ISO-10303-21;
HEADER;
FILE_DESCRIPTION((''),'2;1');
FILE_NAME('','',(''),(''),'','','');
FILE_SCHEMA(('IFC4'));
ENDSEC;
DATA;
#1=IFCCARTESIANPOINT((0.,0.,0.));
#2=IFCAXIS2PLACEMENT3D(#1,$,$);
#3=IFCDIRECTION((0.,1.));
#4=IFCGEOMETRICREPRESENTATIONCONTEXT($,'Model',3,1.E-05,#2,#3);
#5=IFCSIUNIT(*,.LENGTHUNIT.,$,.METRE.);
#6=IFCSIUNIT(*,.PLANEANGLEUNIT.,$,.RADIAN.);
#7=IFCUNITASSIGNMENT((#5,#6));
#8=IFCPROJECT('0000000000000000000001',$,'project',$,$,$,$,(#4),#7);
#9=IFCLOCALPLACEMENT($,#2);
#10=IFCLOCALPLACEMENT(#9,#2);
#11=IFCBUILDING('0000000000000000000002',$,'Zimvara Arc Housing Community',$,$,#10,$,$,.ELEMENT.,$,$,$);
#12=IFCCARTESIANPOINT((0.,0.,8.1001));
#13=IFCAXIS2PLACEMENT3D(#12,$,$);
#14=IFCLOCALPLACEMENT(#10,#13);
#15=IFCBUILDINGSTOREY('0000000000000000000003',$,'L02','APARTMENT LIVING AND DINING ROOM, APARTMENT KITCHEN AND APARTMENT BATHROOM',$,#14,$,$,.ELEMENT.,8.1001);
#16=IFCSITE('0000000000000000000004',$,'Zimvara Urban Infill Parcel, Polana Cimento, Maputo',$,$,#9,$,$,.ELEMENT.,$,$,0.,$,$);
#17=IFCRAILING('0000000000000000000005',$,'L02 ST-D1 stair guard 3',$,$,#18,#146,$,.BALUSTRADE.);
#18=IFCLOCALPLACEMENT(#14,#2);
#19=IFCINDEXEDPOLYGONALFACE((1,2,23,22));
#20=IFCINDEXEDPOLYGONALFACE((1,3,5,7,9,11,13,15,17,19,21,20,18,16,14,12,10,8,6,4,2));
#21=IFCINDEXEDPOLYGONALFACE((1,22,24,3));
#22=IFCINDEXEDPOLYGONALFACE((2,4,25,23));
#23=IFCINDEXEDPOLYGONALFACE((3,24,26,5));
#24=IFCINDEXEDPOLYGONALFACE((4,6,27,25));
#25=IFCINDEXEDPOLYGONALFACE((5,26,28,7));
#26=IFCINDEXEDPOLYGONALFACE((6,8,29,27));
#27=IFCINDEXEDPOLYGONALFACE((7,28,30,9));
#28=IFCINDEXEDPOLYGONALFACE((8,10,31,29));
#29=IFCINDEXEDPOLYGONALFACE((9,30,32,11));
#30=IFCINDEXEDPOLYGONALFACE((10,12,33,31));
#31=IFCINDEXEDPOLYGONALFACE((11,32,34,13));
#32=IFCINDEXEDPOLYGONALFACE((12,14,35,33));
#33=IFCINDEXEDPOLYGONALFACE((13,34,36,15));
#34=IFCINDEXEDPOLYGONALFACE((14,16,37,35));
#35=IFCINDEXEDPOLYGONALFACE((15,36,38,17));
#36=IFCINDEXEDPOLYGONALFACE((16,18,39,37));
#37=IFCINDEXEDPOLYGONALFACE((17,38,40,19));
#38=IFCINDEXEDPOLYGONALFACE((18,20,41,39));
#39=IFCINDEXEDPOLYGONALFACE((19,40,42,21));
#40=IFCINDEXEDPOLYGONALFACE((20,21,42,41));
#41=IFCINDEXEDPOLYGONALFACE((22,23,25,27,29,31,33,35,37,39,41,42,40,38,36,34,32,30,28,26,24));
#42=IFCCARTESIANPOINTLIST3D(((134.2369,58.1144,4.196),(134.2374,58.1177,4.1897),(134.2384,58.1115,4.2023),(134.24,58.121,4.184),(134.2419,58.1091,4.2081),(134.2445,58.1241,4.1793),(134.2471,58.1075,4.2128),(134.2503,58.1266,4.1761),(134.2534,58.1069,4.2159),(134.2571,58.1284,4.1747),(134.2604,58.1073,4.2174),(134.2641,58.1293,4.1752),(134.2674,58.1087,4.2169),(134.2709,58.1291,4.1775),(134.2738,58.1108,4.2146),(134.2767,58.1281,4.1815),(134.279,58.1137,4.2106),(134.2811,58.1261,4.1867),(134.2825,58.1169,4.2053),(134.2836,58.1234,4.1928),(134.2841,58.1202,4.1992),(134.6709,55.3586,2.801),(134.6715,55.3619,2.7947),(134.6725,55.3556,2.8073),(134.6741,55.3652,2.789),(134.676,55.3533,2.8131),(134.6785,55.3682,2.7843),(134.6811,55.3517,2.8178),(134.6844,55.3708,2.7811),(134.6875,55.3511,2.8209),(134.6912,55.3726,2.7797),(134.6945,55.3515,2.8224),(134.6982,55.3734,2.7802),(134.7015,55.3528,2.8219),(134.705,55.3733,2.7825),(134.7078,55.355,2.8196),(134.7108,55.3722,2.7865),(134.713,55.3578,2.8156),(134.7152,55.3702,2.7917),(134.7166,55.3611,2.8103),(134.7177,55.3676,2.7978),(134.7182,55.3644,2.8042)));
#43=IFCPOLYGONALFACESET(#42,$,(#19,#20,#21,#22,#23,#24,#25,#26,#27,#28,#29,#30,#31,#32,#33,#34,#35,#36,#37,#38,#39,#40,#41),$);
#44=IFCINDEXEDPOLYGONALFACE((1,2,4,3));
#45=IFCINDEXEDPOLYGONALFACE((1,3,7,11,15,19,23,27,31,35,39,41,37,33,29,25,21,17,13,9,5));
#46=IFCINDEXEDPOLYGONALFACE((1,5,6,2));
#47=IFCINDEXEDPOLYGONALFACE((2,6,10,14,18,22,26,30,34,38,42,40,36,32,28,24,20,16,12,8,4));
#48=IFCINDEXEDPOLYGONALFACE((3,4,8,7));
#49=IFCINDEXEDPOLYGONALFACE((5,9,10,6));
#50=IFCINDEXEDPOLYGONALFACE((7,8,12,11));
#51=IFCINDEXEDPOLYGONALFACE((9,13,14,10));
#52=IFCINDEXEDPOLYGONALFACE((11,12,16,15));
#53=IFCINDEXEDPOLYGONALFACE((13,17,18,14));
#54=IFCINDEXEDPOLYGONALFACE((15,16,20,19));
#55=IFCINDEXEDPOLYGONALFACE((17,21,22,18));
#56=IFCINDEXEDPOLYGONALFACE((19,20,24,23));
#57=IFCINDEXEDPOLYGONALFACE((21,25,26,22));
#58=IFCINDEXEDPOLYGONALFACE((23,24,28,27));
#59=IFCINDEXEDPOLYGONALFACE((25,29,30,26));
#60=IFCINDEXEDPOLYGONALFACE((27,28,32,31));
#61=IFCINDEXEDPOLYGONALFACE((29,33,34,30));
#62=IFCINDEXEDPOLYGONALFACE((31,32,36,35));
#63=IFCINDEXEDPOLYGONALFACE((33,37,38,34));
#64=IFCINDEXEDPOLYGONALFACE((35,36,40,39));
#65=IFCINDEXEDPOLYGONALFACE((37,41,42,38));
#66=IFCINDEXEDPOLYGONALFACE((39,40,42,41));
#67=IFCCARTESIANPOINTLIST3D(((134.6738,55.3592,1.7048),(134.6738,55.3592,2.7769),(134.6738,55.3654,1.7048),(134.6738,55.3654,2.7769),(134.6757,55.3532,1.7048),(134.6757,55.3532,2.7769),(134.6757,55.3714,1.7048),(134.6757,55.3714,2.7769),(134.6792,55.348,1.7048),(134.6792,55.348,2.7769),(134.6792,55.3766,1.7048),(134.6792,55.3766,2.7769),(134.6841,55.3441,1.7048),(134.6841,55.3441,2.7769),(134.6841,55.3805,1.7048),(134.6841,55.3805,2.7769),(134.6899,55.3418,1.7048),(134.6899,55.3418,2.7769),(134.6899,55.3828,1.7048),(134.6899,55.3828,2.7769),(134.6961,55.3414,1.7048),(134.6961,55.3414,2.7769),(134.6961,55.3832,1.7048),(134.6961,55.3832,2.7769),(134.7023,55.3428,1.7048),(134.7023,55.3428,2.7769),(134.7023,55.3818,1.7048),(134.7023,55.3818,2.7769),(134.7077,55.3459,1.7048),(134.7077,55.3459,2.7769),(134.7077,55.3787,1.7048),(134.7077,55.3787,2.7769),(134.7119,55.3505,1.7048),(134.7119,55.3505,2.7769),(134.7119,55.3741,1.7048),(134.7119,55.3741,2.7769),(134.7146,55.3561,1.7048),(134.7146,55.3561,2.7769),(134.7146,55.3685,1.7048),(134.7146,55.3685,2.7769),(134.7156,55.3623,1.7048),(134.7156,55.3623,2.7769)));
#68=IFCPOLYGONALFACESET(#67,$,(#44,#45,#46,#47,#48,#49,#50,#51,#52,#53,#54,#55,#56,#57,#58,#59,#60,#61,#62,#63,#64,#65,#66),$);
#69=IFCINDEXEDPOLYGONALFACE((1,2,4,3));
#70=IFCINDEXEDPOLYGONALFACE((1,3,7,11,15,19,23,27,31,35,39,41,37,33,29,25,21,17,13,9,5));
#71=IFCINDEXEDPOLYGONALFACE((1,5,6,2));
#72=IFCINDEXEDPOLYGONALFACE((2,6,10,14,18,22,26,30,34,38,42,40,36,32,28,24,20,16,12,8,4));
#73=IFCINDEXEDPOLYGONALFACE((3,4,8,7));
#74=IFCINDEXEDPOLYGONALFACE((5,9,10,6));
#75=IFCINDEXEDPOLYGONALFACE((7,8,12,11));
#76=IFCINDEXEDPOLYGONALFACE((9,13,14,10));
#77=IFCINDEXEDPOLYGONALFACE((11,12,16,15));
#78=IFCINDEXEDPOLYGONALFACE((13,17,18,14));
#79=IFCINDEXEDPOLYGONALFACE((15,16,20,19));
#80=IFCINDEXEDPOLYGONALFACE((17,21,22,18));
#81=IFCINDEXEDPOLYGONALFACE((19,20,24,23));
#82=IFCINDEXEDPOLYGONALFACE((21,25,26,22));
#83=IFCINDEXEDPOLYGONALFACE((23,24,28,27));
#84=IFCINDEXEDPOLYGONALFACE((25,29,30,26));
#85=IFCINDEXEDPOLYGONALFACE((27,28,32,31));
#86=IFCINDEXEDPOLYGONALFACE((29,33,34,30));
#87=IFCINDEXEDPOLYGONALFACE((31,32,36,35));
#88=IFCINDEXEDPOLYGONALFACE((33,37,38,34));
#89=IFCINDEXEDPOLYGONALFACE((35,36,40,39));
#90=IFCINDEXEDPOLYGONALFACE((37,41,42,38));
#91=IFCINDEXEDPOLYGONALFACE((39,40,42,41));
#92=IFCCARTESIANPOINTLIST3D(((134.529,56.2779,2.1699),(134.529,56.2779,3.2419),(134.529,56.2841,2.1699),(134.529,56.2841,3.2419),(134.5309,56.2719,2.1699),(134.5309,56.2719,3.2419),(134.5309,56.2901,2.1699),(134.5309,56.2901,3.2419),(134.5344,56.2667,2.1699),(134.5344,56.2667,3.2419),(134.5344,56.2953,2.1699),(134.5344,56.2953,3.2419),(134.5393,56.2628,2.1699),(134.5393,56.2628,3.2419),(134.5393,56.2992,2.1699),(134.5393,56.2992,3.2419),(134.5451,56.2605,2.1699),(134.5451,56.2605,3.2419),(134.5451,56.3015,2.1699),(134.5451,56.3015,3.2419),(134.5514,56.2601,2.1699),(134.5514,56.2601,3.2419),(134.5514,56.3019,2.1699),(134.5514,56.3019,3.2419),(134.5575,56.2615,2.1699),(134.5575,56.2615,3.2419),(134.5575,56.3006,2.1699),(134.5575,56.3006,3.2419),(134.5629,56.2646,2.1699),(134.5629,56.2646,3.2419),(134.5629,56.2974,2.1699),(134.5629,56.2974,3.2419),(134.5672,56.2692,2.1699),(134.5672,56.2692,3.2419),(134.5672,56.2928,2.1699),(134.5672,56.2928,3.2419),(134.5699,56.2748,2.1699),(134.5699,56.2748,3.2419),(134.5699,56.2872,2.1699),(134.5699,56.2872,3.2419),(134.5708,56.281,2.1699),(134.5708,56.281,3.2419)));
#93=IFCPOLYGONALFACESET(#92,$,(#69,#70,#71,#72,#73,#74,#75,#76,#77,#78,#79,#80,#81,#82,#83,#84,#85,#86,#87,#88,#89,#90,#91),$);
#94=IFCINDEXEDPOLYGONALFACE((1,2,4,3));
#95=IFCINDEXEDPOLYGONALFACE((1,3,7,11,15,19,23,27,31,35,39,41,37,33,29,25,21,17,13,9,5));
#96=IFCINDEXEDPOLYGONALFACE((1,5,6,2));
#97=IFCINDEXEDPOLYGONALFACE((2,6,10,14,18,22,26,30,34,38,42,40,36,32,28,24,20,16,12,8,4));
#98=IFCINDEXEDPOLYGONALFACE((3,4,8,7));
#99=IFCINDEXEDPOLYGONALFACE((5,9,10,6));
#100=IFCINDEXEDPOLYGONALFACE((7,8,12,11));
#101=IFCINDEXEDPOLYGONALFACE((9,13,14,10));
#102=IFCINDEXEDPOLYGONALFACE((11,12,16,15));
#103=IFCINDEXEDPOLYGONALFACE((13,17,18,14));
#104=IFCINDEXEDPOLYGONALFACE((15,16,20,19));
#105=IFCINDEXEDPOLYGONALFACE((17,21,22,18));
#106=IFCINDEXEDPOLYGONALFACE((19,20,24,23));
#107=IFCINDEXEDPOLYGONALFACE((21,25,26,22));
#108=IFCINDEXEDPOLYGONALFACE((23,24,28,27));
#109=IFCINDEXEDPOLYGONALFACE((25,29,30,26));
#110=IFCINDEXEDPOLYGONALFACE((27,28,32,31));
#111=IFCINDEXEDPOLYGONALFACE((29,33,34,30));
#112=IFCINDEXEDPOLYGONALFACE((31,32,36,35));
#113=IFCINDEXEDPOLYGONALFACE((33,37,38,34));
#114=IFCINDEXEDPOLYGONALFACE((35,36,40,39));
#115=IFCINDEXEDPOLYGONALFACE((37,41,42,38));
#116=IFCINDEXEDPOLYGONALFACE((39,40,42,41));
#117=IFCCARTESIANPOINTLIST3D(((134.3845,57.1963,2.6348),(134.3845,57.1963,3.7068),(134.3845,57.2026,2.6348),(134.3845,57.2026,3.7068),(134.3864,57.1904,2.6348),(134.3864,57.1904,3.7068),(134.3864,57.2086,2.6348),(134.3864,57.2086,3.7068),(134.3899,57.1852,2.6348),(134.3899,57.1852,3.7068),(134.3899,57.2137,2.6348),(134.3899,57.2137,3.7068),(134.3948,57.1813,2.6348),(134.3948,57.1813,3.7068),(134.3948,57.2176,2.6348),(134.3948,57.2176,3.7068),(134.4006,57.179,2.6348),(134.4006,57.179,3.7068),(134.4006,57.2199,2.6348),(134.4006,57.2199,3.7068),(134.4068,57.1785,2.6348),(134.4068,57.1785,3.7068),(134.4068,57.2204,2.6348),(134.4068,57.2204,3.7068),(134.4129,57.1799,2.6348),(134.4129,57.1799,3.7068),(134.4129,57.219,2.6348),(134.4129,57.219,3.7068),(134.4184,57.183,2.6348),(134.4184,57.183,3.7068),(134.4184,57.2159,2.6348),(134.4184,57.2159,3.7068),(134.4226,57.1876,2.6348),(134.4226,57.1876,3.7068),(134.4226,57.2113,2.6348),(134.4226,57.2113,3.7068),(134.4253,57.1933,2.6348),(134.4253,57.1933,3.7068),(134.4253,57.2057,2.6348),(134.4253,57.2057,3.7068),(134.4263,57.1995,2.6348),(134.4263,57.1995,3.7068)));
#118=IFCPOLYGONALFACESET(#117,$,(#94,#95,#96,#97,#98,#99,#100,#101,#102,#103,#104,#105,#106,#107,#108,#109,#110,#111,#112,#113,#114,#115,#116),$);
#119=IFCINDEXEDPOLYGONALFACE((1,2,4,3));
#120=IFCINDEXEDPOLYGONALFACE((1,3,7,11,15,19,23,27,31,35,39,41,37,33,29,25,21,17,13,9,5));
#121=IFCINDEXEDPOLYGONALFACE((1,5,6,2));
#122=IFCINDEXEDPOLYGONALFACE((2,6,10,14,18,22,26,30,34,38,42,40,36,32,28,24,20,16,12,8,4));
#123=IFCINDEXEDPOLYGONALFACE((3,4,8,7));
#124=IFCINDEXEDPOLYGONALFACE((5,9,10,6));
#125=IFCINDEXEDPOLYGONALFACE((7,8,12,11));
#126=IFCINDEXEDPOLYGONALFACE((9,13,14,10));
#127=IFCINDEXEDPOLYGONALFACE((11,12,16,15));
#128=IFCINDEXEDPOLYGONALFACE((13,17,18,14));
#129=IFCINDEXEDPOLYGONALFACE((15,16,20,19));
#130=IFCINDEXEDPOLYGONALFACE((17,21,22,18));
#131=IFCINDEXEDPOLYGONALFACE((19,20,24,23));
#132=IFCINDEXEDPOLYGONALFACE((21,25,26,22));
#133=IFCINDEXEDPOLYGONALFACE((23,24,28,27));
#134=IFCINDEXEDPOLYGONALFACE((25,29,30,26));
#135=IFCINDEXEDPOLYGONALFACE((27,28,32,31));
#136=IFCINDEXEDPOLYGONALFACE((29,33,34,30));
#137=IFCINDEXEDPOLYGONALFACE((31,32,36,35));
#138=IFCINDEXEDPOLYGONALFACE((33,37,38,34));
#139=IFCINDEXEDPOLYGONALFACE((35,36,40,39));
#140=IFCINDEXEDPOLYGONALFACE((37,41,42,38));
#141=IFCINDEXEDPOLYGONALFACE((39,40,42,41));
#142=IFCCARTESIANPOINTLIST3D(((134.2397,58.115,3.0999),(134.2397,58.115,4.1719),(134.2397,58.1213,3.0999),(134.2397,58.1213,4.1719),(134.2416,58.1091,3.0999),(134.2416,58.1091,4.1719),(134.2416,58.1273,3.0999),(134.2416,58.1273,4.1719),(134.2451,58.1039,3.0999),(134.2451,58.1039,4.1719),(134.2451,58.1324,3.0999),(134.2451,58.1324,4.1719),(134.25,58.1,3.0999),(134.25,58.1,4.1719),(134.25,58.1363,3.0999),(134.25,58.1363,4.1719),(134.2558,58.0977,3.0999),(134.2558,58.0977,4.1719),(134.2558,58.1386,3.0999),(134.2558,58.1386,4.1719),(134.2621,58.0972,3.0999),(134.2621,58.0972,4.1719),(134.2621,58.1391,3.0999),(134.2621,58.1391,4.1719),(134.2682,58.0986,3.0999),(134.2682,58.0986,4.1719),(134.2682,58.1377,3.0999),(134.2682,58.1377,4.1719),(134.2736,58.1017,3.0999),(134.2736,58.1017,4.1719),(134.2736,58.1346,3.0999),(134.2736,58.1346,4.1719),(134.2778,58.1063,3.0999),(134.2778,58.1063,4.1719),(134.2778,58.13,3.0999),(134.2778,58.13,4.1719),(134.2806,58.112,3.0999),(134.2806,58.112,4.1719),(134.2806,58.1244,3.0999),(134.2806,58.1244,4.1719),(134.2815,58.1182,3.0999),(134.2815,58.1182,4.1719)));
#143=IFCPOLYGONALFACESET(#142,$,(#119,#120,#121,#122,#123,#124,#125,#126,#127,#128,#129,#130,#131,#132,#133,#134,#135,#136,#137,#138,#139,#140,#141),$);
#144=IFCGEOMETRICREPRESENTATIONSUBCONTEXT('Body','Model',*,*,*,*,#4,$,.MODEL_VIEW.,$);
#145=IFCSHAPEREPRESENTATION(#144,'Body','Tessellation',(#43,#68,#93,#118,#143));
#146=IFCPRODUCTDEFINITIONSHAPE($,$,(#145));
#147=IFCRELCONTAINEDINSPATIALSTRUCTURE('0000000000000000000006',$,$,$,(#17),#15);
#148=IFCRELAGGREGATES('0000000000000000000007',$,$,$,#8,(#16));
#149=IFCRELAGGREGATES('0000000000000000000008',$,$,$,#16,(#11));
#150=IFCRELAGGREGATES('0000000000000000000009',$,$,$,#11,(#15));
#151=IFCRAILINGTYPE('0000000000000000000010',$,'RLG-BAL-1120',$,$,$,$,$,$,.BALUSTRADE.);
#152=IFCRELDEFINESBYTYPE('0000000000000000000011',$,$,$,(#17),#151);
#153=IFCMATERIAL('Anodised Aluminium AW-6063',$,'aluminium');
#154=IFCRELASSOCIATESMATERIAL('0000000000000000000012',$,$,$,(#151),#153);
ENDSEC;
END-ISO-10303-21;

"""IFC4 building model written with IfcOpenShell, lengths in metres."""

from ifc_helpers import new_model, si_unit, direction, frame, origin, origin_2d, place, context, subcontext, project, spatial, circle, extrude, material, type_object, element, save


model = new_model("IFC4")

# Units and contexts
model_context = context("Model", 3, precision=1e-05, world=origin(), true_north=direction((0.0, 1.0)))
body_context = subcontext(model_context, "Body", "Model", "MODEL_VIEW")
ifc_project = project(units=[si_unit("LENGTHUNIT", "METRE"), si_unit("PLANEANGLEUNIT", "RADIAN")], contexts=[model_context])

# Site, building, storey
site_placement = place(None, origin())
site = spatial("IfcSite", under=ifc_project, at=site_placement, Name="Zimvara Urban Infill Parcel, Polana Cimento, Maputo", CompositionType="ELEMENT", RefElevation=0.0)
building_placement = place(site_placement, origin())
building = spatial("IfcBuilding", under=site, at=building_placement, Name="Zimvara Arc Housing Community", CompositionType="ELEMENT")
storey_placement = place(building_placement, frame((0.0, 0.0, 8.1001)))
storey = spatial("IfcBuildingStorey", under=building, at=storey_placement, Name="L02", Description="APARTMENT LIVING AND DINING ROOM, APARTMENT KITCHEN AND APARTMENT BATHROOM", CompositionType="ELEMENT", Elevation=8.1001)

# Railing
ifc_material_1 = material(Name="Anodised Aluminium AW-6063", Category="aluminium")
railing_type_1 = type_object("IfcRailingType", Name="RLG-BAL-1120", PredefinedType="BALUSTRADE", material=ifc_material_1)
railing_1_placement = place(storey_placement, frame((134.6946, 55.3623, 1.7048)))
element("IfcRailing", 1, at=railing_1_placement, inside=storey, type_object=railing_type_1, Name="L02 ST-D1 stair guard 3", PredefinedType="BALUSTRADE", context=body_context, shape_type="SweptSolid", body=[
    extrude(circle(Radius=0.0239, at=origin_2d()), frame((0.0, 0.0, 1.0962), z_axis=(-0.139166, 0.883521, 0.44724), x_axis=(-0.987821, -0.155594, 0.0)), (0.0, 0.0, 1.0), 3.1191),
    extrude(circle(Radius=0.021, at=origin_2d()), origin(), (0.0, 0.0, 1.0), 1.072),
    extrude(circle(Radius=0.021, at=origin_2d()), frame((-0.1448, 0.9187, 0.4651)), (0.0, 0.0, 1.0), 1.072),
    extrude(circle(Radius=0.021, at=origin_2d()), frame((-0.2893, 1.8372, 0.9299)), (0.0, 0.0, 1.0), 1.072),
    extrude(circle(Radius=0.021, at=origin_2d()), frame((-0.4341, 2.7559, 1.395)), (0.0, 0.0, 1.0), 1.072),
])

save(model, "model.ifc")
